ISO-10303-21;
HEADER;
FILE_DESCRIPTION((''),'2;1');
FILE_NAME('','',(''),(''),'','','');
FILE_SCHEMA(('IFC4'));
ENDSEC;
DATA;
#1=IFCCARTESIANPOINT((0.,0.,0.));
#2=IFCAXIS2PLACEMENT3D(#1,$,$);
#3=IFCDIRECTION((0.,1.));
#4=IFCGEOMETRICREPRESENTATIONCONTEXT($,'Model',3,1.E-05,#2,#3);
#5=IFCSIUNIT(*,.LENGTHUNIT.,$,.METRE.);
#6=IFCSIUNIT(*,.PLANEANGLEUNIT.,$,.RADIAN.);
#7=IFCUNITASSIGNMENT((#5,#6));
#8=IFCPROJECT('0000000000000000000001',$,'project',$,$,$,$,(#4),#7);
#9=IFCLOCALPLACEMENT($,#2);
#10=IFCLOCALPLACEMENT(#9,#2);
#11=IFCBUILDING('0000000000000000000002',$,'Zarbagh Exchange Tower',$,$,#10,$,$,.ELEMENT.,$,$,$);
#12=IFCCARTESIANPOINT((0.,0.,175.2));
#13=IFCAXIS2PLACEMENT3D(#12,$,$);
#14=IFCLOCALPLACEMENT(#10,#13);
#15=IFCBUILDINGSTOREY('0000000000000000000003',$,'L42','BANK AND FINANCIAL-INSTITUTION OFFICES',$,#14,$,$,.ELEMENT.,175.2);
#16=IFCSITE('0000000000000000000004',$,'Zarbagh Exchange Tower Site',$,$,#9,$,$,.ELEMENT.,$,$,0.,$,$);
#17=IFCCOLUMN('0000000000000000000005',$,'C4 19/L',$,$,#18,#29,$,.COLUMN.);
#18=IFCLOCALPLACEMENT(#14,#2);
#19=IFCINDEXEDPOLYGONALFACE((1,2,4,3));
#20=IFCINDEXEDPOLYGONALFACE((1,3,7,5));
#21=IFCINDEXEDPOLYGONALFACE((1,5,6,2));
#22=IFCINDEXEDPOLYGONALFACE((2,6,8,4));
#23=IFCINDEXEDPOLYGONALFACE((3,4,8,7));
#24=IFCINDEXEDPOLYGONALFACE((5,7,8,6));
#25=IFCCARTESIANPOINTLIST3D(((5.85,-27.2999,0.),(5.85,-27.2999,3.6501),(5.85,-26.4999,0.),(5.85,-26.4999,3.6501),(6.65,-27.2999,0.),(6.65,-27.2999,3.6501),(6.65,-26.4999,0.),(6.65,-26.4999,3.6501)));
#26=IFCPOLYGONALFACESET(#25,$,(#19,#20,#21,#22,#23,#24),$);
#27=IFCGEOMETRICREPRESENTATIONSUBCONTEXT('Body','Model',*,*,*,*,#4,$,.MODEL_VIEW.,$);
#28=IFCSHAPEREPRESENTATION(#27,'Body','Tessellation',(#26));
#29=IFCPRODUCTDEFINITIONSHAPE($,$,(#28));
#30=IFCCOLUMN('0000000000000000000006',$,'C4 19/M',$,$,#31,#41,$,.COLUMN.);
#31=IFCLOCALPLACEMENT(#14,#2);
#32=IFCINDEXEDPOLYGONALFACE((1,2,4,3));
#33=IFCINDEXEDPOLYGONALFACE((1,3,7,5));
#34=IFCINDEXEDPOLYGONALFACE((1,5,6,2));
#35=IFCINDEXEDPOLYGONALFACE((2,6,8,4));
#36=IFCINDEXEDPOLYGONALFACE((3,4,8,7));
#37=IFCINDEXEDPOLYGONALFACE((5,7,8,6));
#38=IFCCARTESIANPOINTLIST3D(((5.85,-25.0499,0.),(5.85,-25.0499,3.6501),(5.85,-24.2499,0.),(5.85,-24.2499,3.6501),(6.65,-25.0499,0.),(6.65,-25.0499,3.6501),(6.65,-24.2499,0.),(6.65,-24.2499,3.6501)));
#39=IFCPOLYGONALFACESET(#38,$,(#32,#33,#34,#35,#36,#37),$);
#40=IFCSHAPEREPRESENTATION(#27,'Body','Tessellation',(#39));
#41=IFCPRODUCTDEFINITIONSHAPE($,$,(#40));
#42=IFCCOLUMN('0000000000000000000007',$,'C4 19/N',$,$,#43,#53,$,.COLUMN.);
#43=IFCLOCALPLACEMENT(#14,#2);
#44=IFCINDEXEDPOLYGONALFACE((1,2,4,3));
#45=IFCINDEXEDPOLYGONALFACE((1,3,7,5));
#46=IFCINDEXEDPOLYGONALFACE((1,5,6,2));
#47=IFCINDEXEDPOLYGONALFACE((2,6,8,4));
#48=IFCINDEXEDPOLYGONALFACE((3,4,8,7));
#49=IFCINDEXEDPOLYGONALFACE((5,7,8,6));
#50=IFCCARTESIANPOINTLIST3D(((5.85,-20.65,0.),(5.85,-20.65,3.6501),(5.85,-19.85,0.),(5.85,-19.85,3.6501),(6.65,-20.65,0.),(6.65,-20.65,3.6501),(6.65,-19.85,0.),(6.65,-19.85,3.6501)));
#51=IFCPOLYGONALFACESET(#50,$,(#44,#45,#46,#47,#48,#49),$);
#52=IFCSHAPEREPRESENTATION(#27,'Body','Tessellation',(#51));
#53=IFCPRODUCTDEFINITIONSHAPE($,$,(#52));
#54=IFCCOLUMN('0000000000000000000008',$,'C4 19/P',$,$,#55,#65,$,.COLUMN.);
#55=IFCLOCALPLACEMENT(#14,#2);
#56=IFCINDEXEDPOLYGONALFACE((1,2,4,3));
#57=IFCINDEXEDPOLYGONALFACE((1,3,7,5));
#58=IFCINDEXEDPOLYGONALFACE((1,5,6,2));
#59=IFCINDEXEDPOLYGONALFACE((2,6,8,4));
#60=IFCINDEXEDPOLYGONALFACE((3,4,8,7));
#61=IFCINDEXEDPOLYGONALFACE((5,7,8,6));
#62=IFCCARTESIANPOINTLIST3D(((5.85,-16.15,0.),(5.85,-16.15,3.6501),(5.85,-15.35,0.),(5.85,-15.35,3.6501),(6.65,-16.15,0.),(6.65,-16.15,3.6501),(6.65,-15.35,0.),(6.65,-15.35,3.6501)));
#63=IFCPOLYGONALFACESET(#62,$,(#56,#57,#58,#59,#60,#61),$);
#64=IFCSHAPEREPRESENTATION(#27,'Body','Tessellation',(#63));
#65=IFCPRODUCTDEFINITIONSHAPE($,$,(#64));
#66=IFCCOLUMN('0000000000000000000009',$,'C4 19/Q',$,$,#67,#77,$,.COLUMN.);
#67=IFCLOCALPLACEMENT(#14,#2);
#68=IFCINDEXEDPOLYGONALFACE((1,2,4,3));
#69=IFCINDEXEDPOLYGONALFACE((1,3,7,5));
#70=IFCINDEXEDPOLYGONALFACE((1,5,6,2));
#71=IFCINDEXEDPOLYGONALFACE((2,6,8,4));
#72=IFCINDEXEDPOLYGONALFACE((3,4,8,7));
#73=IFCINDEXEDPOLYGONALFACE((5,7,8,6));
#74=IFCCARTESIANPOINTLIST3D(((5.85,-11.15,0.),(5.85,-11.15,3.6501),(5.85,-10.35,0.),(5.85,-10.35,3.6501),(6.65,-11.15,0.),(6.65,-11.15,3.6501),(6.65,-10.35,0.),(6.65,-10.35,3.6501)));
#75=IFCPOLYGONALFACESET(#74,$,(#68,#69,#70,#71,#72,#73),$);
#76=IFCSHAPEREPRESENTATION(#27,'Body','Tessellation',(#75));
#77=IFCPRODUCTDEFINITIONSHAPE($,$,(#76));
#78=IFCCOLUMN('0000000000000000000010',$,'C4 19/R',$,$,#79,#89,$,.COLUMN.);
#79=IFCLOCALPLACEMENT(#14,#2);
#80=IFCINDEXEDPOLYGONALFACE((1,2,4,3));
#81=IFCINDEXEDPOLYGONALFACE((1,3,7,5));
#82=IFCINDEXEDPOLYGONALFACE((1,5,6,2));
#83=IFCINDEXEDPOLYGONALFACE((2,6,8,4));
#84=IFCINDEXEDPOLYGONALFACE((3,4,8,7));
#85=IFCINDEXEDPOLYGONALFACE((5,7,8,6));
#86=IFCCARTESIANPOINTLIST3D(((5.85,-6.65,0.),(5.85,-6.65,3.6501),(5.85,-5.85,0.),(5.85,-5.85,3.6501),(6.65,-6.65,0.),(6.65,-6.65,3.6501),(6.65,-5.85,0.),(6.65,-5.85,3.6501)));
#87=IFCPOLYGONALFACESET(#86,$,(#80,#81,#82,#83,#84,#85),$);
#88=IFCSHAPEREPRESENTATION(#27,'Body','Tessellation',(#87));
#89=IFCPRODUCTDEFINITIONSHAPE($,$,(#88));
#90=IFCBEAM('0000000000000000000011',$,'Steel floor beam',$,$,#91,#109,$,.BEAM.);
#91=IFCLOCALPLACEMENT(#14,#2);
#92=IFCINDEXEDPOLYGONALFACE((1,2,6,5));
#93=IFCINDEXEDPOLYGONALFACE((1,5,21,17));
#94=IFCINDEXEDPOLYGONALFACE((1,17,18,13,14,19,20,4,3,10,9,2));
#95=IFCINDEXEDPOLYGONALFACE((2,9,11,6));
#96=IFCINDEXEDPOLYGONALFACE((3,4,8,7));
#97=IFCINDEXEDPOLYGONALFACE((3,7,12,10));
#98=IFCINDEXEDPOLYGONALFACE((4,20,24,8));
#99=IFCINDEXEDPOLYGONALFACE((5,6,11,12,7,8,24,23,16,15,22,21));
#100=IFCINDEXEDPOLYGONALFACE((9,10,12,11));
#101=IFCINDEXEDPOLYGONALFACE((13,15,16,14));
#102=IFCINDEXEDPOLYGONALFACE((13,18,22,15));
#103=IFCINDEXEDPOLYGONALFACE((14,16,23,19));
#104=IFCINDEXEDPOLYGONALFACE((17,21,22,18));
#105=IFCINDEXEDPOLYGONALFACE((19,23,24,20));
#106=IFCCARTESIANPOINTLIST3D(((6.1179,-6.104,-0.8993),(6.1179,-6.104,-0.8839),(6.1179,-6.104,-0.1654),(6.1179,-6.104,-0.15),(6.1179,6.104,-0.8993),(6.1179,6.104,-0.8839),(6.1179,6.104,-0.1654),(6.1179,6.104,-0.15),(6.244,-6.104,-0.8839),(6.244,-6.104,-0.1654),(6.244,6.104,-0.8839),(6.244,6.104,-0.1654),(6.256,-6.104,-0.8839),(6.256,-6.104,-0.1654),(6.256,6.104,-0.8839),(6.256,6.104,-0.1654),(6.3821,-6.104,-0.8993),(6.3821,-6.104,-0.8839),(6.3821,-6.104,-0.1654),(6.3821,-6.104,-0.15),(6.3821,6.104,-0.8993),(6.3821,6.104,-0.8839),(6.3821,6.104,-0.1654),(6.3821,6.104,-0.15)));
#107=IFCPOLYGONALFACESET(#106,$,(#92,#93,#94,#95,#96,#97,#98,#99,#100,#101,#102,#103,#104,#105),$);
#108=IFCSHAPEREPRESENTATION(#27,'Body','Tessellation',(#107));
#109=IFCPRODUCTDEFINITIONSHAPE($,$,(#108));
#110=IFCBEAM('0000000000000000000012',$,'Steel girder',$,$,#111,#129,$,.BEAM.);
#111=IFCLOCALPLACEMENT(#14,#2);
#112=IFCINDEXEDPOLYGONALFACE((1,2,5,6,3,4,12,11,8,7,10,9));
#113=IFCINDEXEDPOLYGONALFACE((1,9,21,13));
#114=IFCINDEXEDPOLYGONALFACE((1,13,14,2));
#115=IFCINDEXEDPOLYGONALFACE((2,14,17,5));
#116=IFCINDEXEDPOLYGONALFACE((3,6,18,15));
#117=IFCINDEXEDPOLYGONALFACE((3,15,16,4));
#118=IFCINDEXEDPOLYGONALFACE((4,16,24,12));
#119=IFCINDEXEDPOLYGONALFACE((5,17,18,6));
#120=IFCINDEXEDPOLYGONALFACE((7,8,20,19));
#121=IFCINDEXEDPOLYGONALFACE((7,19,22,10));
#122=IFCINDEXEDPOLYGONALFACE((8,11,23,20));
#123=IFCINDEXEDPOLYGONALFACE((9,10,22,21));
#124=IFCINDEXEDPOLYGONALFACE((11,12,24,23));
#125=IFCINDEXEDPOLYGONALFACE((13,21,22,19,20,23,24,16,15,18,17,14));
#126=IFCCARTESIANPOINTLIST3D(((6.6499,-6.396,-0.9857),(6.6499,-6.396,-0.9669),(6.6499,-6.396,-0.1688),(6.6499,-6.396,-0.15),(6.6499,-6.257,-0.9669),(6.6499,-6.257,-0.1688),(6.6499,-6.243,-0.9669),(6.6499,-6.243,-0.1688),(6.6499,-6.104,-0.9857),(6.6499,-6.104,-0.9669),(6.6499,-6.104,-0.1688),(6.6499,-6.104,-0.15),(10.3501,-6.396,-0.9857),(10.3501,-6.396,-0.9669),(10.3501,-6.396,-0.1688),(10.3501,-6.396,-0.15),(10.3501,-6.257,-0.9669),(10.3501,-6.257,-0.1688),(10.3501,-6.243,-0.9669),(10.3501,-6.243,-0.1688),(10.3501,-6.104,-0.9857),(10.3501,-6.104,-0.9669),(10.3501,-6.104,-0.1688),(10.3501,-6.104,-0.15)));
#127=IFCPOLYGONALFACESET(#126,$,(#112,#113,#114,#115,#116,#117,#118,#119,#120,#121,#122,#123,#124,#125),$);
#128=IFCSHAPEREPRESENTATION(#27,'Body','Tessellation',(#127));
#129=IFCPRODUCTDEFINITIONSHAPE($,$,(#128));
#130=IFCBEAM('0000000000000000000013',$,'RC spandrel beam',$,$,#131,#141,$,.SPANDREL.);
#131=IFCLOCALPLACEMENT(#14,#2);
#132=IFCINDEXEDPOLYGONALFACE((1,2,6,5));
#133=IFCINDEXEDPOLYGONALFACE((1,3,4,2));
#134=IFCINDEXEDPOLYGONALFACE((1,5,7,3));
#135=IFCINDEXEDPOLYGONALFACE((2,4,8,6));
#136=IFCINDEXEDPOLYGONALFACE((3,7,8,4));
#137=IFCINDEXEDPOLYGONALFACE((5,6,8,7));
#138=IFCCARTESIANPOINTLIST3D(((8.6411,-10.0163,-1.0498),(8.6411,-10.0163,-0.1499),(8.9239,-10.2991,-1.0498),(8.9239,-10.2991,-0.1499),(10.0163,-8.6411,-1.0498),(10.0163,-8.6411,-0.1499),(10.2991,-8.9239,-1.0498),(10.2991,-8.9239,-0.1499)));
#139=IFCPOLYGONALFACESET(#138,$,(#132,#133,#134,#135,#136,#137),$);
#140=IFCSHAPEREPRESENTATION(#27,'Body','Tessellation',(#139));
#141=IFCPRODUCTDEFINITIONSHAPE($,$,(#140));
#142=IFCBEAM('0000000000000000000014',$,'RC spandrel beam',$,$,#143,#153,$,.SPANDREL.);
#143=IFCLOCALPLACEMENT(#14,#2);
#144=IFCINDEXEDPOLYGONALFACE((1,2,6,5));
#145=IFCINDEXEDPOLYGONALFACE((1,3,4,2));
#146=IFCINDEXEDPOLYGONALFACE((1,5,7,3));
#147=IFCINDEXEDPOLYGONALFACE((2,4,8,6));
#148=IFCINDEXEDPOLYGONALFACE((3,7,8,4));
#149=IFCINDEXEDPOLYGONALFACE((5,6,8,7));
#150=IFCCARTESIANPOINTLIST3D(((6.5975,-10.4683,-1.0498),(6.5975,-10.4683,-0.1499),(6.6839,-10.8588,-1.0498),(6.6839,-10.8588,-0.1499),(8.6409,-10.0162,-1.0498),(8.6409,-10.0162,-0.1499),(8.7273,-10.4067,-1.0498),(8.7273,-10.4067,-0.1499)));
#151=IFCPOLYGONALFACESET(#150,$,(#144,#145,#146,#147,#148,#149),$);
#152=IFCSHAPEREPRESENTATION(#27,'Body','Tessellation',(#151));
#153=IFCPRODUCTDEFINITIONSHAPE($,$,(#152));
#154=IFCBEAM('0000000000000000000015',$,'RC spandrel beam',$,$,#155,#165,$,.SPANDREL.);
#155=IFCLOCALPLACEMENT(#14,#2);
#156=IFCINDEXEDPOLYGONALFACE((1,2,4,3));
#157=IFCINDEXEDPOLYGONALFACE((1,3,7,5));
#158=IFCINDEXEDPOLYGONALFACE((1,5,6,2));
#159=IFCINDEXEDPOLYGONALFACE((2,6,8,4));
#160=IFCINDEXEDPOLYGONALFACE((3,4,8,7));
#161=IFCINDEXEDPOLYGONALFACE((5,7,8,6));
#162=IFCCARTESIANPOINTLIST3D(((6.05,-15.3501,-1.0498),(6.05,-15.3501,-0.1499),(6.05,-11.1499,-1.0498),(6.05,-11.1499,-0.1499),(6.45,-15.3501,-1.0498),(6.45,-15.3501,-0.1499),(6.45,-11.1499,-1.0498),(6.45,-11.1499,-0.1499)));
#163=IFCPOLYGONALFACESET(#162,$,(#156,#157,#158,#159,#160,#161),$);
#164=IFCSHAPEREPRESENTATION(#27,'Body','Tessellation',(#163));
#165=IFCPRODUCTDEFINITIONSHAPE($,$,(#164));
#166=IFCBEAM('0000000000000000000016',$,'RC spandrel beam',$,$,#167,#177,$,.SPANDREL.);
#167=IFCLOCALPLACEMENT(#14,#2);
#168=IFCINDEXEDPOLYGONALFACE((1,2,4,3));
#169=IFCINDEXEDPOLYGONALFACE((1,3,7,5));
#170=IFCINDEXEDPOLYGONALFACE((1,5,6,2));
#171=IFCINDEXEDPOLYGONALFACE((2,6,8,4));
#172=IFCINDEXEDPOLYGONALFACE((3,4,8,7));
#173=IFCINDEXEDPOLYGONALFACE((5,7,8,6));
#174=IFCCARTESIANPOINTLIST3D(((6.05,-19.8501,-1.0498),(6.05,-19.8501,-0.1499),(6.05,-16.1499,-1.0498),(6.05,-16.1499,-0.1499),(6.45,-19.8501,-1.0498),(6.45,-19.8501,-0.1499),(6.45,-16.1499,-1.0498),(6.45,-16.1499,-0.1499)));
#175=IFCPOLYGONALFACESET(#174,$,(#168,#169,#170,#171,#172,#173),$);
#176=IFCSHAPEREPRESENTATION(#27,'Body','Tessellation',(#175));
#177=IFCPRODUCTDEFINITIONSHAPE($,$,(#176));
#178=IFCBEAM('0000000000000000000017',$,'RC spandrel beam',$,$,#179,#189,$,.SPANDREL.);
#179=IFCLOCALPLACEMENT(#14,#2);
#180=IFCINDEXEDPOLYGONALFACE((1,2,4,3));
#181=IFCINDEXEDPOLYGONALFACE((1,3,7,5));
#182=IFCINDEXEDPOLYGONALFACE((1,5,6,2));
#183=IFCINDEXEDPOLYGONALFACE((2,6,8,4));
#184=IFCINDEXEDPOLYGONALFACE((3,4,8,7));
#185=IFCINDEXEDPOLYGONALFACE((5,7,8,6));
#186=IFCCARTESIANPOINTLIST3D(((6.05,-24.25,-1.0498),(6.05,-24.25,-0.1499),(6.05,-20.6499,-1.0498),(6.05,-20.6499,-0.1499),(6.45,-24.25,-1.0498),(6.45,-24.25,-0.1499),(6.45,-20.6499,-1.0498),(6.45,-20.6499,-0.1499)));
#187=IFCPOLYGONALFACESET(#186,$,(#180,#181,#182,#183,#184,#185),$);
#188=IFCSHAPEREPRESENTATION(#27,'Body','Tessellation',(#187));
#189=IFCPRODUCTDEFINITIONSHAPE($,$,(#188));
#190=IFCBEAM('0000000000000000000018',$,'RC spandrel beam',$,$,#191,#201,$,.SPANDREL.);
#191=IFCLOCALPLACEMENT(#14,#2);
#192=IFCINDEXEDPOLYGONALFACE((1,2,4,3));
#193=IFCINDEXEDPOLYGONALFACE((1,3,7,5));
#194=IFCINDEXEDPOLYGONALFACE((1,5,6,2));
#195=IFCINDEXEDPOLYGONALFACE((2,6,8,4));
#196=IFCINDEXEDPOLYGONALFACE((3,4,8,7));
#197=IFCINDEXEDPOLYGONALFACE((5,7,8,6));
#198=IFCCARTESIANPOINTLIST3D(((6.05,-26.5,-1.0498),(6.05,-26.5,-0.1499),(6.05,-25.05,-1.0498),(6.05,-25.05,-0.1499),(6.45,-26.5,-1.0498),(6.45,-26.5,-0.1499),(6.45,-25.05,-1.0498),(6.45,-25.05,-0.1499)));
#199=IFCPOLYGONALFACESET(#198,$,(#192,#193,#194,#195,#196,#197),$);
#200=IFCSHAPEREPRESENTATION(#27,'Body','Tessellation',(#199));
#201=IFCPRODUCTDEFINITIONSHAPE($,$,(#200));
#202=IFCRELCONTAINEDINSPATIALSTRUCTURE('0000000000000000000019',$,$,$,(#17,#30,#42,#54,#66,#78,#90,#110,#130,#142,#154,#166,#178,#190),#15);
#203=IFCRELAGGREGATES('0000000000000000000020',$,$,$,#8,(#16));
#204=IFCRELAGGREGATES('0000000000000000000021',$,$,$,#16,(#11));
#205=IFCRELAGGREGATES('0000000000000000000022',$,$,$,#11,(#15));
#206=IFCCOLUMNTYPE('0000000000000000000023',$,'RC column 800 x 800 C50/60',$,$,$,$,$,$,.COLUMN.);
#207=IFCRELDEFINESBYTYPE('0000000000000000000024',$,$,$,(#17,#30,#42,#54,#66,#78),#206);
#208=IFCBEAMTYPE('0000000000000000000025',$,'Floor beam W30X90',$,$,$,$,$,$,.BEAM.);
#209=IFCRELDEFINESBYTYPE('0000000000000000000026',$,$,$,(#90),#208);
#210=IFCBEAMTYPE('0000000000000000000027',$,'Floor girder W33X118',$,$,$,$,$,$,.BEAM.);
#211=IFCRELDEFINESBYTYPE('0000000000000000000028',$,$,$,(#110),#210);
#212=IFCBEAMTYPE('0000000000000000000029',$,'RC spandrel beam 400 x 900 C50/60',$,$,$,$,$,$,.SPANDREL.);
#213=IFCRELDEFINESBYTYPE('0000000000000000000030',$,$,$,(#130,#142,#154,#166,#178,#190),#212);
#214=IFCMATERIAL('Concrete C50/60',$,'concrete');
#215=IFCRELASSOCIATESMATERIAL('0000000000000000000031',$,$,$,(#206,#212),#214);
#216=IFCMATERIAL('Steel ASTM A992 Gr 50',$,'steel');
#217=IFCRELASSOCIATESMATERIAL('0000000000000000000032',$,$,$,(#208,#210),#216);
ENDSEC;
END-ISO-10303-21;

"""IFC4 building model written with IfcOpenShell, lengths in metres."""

from ifc_helpers import new_model, si_unit, direction, frame, origin, origin_2d, place, context, subcontext, project, spatial, rectangle, i_section, extrude, material, material_profile, profile_set, type_object, element, save


model = new_model("IFC4")

# Units and contexts
model_context = context("Model", 3, precision=1e-05, world=origin(), true_north=direction((0.0, 1.0)))
body_context = subcontext(model_context, "Body", "Model", "MODEL_VIEW")
ifc_project = project(units=[si_unit("LENGTHUNIT", "METRE"), si_unit("PLANEANGLEUNIT", "RADIAN")], contexts=[model_context])

# Site, building, storey
site_placement = place(None, origin())
site = spatial("IfcSite", under=ifc_project, at=site_placement, Name="Zarbagh Exchange Tower Site", CompositionType="ELEMENT", RefElevation=0.0)
building_placement = place(site_placement, origin())
building = spatial("IfcBuilding", under=site, at=building_placement, Name="Zarbagh Exchange Tower", CompositionType="ELEMENT")
storey_placement = place(building_placement, frame((0.0, 0.0, 175.2)))
storey = spatial("IfcBuildingStorey", under=building, at=storey_placement, Name="L42", Description="BANK AND FINANCIAL-INSTITUTION OFFICES", CompositionType="ELEMENT", Elevation=175.2)

# Columns
ifc_material_1 = material(Name="Concrete C50/60", Category="concrete")
ifc_material_profile_1 = material_profile(ifc_material_1, rectangle(XDim=0.8, YDim=0.8, at=origin_2d()), Name="RC column 800 x 800 C50/60")
ifc_profile_set_1 = profile_set([ifc_material_profile_1], Name="Concrete C50/60")
column_type = type_object("IfcColumnType", Name="RC column 800 x 800 C50/60", PredefinedType="COLUMN", material=ifc_profile_set_1)
for number, where, z_axis, x_axis, name in (
    (1, (6.25, -26.8999, 0.0), (0.0, 0.0, 1.0), (1.0, 0.0, 0.0), "C4 19/L"),
    (2, (6.25, -24.6499, 0.0), (0.0, 0.0, 1.0), (1.0, 0.0, 0.0), "C4 19/M"),
    (3, (6.25, -20.25, 0.0), (0.0, 0.0, 1.0), (1.0, 0.0, 0.0), "C4 19/N"),
    (4, (6.25, -15.75, 0.0), (0.0, 0.0, 1.0), (1.0, 0.0, 0.0), "C4 19/P"),
    (5, (6.25, -10.75, 0.0), (0.0, 0.0, 1.0), (1.0, 0.0, 0.0), "C4 19/Q"),
    (6, (6.25, -6.25, 0.0), (0.0, 0.0, 1.0), (1.0, 0.0, 0.0), "C4 19/R"),
):
    element("IfcColumn", number, at=place(storey_placement, frame(where, z_axis=z_axis, x_axis=x_axis)), inside=storey, type_object=column_type, Name=name, PredefinedType="COLUMN", context=body_context, shape_type="SweptSolid", body=[
        extrude(rectangle(XDim=0.8, YDim=0.8, at=origin_2d()), origin(), (0.0, 0.0, 1.0), 3.6501),
    ])

# Beams
ifc_material_2 = material(Name="Steel ASTM A992 Gr 50", Category="steel")
ifc_material_profile_2 = material_profile(ifc_material_2, i_section(OverallWidth=0.2642, OverallDepth=0.7493, WebThickness=0.012, FlangeThickness=0.0154, at=origin_2d()), Name="W30X90")
ifc_profile_set_2 = profile_set([ifc_material_profile_2], Name="Steel ASTM A992 Gr 50")
beam_type_1 = type_object("IfcBeamType", Name="Floor beam W30X90", PredefinedType="BEAM", material=ifc_profile_set_2)
beam_1_placement = place(storey_placement, frame((6.25, -6.104, -0.5247), z_axis=(0.0, 1.0, 0.0), x_axis=(-1.0, 0.0, 0.0)))
element("IfcBeam", 7, at=beam_1_placement, inside=storey, type_object=beam_type_1, Name="Steel floor beam", PredefinedType="BEAM", context=body_context, shape_type="SweptSolid", body=[
    extrude(i_section(OverallWidth=0.2642, OverallDepth=0.7493, WebThickness=0.012, FlangeThickness=0.0154, at=origin_2d()), origin(), (0.0, 0.0, 1.0), 12.208),
])
ifc_material_profile_3 = material_profile(ifc_material_2, i_section(OverallWidth=0.292, OverallDepth=0.8357, WebThickness=0.0139, FlangeThickness=0.0188, at=origin_2d()), Name="W33X118")
ifc_profile_set_3 = profile_set([ifc_material_profile_3], Name="Steel ASTM A992 Gr 50")
beam_type_2 = type_object("IfcBeamType", Name="Floor girder W33X118", PredefinedType="BEAM", material=ifc_profile_set_3)
beam_2_placement = place(storey_placement, frame((6.6499, -6.25, -0.5679), z_axis=(1.0, 0.0, 0.0), x_axis=(0.0, 1.0, 0.0)))
element("IfcBeam", 8, at=beam_2_placement, inside=storey, type_object=beam_type_2, Name="Steel girder", PredefinedType="BEAM", context=body_context, shape_type="SweptSolid", body=[
    extrude(i_section(OverallWidth=0.292, OverallDepth=0.8357, WebThickness=0.0139, FlangeThickness=0.0188, at=origin_2d()), origin(), (0.0, 0.0, 1.0), 3.7002),
])
ifc_material_profile_4 = material_profile(ifc_material_1, rectangle(XDim=0.3999, YDim=0.8999, at=origin_2d()), Name="RC spandrel beam 400 x 900 C50/60")
ifc_profile_set_4 = profile_set([ifc_material_profile_4], Name="Concrete C50/60")
beam_type_3 = type_object("IfcBeamType", Name="RC spandrel beam 400 x 900 C50/60", PredefinedType="SPANDREL", material=ifc_profile_set_4)
beam_3_placement = place(storey_placement, frame((10.1577, -8.7825, -0.5999), z_axis=(-0.707107, -0.707107, 0.0), x_axis=(0.707107, -0.707107, 0.0)))
element("IfcBeam", 9, at=beam_3_placement, inside=storey, type_object=beam_type_3, Name="RC spandrel beam", PredefinedType="SPANDREL", context=body_context, shape_type="SweptSolid", body=[
    extrude(rectangle(XDim=0.3999, YDim=0.8999, at=origin_2d()), origin(), (0.0, 0.0, 1.0), 1.9448),
])
beam_4_placement = place(storey_placement, frame((8.6841, -10.2114, -0.5999), z_axis=(-0.976384, -0.216041, 0.0), x_axis=(0.216041, -0.976384, 0.0)))
element("IfcBeam", 10, at=beam_4_placement, inside=storey, type_object=beam_type_3, Name="RC spandrel beam", PredefinedType="SPANDREL", context=body_context, shape_type="SweptSolid", body=[
    extrude(rectangle(XDim=0.3999, YDim=0.8999, at=origin_2d()), origin(), (0.0, 0.0, 1.0), 2.0928),
])
beam_5_placement = place(storey_placement, frame((6.25, -11.1499, -0.5999), z_axis=(0.0, -1.0, 0.0), x_axis=(1.0, 0.0, 0.0)))
element("IfcBeam", 11, at=beam_5_placement, inside=storey, type_object=beam_type_3, Name="RC spandrel beam", PredefinedType="SPANDREL", context=body_context, shape_type="SweptSolid", body=[
    extrude(rectangle(XDim=0.3999, YDim=0.8999, at=origin_2d()), origin(), (0.0, 0.0, 1.0), 4.2002),
])
beam_6_placement = place(storey_placement, frame((6.25, -16.1499, -0.5999), z_axis=(0.0, -1.0, 0.0), x_axis=(1.0, 0.0, 0.0)))
element("IfcBeam", 12, at=beam_6_placement, inside=storey, type_object=beam_type_3, Name="RC spandrel beam", PredefinedType="SPANDREL", context=body_context, shape_type="SweptSolid", body=[
    extrude(rectangle(XDim=0.3999, YDim=0.8999, at=origin_2d()), origin(), (0.0, 0.0, 1.0), 3.7002),
])
beam_7_placement = place(storey_placement, frame((6.25, -20.6499, -0.5999), z_axis=(0.0, -1.0, 0.0), x_axis=(1.0, 0.0, 0.0)))
element("IfcBeam", 13, at=beam_7_placement, inside=storey, type_object=beam_type_3, Name="RC spandrel beam", PredefinedType="SPANDREL", context=body_context, shape_type="SweptSolid", body=[
    extrude(rectangle(XDim=0.3999, YDim=0.8999, at=origin_2d()), origin(), (0.0, 0.0, 1.0), 3.6001),
])
beam_8_placement = place(storey_placement, frame((6.25, -25.05, -0.5999), z_axis=(0.0, -1.0, 0.0), x_axis=(1.0, 0.0, 0.0)))
element("IfcBeam", 14, at=beam_8_placement, inside=storey, type_object=beam_type_3, Name="RC spandrel beam", PredefinedType="SPANDREL", context=body_context, shape_type="SweptSolid", body=[
    extrude(rectangle(XDim=0.3999, YDim=0.8999, at=origin_2d()), origin(), (0.0, 0.0, 1.0), 1.45),
])

save(model, "model.ifc")
